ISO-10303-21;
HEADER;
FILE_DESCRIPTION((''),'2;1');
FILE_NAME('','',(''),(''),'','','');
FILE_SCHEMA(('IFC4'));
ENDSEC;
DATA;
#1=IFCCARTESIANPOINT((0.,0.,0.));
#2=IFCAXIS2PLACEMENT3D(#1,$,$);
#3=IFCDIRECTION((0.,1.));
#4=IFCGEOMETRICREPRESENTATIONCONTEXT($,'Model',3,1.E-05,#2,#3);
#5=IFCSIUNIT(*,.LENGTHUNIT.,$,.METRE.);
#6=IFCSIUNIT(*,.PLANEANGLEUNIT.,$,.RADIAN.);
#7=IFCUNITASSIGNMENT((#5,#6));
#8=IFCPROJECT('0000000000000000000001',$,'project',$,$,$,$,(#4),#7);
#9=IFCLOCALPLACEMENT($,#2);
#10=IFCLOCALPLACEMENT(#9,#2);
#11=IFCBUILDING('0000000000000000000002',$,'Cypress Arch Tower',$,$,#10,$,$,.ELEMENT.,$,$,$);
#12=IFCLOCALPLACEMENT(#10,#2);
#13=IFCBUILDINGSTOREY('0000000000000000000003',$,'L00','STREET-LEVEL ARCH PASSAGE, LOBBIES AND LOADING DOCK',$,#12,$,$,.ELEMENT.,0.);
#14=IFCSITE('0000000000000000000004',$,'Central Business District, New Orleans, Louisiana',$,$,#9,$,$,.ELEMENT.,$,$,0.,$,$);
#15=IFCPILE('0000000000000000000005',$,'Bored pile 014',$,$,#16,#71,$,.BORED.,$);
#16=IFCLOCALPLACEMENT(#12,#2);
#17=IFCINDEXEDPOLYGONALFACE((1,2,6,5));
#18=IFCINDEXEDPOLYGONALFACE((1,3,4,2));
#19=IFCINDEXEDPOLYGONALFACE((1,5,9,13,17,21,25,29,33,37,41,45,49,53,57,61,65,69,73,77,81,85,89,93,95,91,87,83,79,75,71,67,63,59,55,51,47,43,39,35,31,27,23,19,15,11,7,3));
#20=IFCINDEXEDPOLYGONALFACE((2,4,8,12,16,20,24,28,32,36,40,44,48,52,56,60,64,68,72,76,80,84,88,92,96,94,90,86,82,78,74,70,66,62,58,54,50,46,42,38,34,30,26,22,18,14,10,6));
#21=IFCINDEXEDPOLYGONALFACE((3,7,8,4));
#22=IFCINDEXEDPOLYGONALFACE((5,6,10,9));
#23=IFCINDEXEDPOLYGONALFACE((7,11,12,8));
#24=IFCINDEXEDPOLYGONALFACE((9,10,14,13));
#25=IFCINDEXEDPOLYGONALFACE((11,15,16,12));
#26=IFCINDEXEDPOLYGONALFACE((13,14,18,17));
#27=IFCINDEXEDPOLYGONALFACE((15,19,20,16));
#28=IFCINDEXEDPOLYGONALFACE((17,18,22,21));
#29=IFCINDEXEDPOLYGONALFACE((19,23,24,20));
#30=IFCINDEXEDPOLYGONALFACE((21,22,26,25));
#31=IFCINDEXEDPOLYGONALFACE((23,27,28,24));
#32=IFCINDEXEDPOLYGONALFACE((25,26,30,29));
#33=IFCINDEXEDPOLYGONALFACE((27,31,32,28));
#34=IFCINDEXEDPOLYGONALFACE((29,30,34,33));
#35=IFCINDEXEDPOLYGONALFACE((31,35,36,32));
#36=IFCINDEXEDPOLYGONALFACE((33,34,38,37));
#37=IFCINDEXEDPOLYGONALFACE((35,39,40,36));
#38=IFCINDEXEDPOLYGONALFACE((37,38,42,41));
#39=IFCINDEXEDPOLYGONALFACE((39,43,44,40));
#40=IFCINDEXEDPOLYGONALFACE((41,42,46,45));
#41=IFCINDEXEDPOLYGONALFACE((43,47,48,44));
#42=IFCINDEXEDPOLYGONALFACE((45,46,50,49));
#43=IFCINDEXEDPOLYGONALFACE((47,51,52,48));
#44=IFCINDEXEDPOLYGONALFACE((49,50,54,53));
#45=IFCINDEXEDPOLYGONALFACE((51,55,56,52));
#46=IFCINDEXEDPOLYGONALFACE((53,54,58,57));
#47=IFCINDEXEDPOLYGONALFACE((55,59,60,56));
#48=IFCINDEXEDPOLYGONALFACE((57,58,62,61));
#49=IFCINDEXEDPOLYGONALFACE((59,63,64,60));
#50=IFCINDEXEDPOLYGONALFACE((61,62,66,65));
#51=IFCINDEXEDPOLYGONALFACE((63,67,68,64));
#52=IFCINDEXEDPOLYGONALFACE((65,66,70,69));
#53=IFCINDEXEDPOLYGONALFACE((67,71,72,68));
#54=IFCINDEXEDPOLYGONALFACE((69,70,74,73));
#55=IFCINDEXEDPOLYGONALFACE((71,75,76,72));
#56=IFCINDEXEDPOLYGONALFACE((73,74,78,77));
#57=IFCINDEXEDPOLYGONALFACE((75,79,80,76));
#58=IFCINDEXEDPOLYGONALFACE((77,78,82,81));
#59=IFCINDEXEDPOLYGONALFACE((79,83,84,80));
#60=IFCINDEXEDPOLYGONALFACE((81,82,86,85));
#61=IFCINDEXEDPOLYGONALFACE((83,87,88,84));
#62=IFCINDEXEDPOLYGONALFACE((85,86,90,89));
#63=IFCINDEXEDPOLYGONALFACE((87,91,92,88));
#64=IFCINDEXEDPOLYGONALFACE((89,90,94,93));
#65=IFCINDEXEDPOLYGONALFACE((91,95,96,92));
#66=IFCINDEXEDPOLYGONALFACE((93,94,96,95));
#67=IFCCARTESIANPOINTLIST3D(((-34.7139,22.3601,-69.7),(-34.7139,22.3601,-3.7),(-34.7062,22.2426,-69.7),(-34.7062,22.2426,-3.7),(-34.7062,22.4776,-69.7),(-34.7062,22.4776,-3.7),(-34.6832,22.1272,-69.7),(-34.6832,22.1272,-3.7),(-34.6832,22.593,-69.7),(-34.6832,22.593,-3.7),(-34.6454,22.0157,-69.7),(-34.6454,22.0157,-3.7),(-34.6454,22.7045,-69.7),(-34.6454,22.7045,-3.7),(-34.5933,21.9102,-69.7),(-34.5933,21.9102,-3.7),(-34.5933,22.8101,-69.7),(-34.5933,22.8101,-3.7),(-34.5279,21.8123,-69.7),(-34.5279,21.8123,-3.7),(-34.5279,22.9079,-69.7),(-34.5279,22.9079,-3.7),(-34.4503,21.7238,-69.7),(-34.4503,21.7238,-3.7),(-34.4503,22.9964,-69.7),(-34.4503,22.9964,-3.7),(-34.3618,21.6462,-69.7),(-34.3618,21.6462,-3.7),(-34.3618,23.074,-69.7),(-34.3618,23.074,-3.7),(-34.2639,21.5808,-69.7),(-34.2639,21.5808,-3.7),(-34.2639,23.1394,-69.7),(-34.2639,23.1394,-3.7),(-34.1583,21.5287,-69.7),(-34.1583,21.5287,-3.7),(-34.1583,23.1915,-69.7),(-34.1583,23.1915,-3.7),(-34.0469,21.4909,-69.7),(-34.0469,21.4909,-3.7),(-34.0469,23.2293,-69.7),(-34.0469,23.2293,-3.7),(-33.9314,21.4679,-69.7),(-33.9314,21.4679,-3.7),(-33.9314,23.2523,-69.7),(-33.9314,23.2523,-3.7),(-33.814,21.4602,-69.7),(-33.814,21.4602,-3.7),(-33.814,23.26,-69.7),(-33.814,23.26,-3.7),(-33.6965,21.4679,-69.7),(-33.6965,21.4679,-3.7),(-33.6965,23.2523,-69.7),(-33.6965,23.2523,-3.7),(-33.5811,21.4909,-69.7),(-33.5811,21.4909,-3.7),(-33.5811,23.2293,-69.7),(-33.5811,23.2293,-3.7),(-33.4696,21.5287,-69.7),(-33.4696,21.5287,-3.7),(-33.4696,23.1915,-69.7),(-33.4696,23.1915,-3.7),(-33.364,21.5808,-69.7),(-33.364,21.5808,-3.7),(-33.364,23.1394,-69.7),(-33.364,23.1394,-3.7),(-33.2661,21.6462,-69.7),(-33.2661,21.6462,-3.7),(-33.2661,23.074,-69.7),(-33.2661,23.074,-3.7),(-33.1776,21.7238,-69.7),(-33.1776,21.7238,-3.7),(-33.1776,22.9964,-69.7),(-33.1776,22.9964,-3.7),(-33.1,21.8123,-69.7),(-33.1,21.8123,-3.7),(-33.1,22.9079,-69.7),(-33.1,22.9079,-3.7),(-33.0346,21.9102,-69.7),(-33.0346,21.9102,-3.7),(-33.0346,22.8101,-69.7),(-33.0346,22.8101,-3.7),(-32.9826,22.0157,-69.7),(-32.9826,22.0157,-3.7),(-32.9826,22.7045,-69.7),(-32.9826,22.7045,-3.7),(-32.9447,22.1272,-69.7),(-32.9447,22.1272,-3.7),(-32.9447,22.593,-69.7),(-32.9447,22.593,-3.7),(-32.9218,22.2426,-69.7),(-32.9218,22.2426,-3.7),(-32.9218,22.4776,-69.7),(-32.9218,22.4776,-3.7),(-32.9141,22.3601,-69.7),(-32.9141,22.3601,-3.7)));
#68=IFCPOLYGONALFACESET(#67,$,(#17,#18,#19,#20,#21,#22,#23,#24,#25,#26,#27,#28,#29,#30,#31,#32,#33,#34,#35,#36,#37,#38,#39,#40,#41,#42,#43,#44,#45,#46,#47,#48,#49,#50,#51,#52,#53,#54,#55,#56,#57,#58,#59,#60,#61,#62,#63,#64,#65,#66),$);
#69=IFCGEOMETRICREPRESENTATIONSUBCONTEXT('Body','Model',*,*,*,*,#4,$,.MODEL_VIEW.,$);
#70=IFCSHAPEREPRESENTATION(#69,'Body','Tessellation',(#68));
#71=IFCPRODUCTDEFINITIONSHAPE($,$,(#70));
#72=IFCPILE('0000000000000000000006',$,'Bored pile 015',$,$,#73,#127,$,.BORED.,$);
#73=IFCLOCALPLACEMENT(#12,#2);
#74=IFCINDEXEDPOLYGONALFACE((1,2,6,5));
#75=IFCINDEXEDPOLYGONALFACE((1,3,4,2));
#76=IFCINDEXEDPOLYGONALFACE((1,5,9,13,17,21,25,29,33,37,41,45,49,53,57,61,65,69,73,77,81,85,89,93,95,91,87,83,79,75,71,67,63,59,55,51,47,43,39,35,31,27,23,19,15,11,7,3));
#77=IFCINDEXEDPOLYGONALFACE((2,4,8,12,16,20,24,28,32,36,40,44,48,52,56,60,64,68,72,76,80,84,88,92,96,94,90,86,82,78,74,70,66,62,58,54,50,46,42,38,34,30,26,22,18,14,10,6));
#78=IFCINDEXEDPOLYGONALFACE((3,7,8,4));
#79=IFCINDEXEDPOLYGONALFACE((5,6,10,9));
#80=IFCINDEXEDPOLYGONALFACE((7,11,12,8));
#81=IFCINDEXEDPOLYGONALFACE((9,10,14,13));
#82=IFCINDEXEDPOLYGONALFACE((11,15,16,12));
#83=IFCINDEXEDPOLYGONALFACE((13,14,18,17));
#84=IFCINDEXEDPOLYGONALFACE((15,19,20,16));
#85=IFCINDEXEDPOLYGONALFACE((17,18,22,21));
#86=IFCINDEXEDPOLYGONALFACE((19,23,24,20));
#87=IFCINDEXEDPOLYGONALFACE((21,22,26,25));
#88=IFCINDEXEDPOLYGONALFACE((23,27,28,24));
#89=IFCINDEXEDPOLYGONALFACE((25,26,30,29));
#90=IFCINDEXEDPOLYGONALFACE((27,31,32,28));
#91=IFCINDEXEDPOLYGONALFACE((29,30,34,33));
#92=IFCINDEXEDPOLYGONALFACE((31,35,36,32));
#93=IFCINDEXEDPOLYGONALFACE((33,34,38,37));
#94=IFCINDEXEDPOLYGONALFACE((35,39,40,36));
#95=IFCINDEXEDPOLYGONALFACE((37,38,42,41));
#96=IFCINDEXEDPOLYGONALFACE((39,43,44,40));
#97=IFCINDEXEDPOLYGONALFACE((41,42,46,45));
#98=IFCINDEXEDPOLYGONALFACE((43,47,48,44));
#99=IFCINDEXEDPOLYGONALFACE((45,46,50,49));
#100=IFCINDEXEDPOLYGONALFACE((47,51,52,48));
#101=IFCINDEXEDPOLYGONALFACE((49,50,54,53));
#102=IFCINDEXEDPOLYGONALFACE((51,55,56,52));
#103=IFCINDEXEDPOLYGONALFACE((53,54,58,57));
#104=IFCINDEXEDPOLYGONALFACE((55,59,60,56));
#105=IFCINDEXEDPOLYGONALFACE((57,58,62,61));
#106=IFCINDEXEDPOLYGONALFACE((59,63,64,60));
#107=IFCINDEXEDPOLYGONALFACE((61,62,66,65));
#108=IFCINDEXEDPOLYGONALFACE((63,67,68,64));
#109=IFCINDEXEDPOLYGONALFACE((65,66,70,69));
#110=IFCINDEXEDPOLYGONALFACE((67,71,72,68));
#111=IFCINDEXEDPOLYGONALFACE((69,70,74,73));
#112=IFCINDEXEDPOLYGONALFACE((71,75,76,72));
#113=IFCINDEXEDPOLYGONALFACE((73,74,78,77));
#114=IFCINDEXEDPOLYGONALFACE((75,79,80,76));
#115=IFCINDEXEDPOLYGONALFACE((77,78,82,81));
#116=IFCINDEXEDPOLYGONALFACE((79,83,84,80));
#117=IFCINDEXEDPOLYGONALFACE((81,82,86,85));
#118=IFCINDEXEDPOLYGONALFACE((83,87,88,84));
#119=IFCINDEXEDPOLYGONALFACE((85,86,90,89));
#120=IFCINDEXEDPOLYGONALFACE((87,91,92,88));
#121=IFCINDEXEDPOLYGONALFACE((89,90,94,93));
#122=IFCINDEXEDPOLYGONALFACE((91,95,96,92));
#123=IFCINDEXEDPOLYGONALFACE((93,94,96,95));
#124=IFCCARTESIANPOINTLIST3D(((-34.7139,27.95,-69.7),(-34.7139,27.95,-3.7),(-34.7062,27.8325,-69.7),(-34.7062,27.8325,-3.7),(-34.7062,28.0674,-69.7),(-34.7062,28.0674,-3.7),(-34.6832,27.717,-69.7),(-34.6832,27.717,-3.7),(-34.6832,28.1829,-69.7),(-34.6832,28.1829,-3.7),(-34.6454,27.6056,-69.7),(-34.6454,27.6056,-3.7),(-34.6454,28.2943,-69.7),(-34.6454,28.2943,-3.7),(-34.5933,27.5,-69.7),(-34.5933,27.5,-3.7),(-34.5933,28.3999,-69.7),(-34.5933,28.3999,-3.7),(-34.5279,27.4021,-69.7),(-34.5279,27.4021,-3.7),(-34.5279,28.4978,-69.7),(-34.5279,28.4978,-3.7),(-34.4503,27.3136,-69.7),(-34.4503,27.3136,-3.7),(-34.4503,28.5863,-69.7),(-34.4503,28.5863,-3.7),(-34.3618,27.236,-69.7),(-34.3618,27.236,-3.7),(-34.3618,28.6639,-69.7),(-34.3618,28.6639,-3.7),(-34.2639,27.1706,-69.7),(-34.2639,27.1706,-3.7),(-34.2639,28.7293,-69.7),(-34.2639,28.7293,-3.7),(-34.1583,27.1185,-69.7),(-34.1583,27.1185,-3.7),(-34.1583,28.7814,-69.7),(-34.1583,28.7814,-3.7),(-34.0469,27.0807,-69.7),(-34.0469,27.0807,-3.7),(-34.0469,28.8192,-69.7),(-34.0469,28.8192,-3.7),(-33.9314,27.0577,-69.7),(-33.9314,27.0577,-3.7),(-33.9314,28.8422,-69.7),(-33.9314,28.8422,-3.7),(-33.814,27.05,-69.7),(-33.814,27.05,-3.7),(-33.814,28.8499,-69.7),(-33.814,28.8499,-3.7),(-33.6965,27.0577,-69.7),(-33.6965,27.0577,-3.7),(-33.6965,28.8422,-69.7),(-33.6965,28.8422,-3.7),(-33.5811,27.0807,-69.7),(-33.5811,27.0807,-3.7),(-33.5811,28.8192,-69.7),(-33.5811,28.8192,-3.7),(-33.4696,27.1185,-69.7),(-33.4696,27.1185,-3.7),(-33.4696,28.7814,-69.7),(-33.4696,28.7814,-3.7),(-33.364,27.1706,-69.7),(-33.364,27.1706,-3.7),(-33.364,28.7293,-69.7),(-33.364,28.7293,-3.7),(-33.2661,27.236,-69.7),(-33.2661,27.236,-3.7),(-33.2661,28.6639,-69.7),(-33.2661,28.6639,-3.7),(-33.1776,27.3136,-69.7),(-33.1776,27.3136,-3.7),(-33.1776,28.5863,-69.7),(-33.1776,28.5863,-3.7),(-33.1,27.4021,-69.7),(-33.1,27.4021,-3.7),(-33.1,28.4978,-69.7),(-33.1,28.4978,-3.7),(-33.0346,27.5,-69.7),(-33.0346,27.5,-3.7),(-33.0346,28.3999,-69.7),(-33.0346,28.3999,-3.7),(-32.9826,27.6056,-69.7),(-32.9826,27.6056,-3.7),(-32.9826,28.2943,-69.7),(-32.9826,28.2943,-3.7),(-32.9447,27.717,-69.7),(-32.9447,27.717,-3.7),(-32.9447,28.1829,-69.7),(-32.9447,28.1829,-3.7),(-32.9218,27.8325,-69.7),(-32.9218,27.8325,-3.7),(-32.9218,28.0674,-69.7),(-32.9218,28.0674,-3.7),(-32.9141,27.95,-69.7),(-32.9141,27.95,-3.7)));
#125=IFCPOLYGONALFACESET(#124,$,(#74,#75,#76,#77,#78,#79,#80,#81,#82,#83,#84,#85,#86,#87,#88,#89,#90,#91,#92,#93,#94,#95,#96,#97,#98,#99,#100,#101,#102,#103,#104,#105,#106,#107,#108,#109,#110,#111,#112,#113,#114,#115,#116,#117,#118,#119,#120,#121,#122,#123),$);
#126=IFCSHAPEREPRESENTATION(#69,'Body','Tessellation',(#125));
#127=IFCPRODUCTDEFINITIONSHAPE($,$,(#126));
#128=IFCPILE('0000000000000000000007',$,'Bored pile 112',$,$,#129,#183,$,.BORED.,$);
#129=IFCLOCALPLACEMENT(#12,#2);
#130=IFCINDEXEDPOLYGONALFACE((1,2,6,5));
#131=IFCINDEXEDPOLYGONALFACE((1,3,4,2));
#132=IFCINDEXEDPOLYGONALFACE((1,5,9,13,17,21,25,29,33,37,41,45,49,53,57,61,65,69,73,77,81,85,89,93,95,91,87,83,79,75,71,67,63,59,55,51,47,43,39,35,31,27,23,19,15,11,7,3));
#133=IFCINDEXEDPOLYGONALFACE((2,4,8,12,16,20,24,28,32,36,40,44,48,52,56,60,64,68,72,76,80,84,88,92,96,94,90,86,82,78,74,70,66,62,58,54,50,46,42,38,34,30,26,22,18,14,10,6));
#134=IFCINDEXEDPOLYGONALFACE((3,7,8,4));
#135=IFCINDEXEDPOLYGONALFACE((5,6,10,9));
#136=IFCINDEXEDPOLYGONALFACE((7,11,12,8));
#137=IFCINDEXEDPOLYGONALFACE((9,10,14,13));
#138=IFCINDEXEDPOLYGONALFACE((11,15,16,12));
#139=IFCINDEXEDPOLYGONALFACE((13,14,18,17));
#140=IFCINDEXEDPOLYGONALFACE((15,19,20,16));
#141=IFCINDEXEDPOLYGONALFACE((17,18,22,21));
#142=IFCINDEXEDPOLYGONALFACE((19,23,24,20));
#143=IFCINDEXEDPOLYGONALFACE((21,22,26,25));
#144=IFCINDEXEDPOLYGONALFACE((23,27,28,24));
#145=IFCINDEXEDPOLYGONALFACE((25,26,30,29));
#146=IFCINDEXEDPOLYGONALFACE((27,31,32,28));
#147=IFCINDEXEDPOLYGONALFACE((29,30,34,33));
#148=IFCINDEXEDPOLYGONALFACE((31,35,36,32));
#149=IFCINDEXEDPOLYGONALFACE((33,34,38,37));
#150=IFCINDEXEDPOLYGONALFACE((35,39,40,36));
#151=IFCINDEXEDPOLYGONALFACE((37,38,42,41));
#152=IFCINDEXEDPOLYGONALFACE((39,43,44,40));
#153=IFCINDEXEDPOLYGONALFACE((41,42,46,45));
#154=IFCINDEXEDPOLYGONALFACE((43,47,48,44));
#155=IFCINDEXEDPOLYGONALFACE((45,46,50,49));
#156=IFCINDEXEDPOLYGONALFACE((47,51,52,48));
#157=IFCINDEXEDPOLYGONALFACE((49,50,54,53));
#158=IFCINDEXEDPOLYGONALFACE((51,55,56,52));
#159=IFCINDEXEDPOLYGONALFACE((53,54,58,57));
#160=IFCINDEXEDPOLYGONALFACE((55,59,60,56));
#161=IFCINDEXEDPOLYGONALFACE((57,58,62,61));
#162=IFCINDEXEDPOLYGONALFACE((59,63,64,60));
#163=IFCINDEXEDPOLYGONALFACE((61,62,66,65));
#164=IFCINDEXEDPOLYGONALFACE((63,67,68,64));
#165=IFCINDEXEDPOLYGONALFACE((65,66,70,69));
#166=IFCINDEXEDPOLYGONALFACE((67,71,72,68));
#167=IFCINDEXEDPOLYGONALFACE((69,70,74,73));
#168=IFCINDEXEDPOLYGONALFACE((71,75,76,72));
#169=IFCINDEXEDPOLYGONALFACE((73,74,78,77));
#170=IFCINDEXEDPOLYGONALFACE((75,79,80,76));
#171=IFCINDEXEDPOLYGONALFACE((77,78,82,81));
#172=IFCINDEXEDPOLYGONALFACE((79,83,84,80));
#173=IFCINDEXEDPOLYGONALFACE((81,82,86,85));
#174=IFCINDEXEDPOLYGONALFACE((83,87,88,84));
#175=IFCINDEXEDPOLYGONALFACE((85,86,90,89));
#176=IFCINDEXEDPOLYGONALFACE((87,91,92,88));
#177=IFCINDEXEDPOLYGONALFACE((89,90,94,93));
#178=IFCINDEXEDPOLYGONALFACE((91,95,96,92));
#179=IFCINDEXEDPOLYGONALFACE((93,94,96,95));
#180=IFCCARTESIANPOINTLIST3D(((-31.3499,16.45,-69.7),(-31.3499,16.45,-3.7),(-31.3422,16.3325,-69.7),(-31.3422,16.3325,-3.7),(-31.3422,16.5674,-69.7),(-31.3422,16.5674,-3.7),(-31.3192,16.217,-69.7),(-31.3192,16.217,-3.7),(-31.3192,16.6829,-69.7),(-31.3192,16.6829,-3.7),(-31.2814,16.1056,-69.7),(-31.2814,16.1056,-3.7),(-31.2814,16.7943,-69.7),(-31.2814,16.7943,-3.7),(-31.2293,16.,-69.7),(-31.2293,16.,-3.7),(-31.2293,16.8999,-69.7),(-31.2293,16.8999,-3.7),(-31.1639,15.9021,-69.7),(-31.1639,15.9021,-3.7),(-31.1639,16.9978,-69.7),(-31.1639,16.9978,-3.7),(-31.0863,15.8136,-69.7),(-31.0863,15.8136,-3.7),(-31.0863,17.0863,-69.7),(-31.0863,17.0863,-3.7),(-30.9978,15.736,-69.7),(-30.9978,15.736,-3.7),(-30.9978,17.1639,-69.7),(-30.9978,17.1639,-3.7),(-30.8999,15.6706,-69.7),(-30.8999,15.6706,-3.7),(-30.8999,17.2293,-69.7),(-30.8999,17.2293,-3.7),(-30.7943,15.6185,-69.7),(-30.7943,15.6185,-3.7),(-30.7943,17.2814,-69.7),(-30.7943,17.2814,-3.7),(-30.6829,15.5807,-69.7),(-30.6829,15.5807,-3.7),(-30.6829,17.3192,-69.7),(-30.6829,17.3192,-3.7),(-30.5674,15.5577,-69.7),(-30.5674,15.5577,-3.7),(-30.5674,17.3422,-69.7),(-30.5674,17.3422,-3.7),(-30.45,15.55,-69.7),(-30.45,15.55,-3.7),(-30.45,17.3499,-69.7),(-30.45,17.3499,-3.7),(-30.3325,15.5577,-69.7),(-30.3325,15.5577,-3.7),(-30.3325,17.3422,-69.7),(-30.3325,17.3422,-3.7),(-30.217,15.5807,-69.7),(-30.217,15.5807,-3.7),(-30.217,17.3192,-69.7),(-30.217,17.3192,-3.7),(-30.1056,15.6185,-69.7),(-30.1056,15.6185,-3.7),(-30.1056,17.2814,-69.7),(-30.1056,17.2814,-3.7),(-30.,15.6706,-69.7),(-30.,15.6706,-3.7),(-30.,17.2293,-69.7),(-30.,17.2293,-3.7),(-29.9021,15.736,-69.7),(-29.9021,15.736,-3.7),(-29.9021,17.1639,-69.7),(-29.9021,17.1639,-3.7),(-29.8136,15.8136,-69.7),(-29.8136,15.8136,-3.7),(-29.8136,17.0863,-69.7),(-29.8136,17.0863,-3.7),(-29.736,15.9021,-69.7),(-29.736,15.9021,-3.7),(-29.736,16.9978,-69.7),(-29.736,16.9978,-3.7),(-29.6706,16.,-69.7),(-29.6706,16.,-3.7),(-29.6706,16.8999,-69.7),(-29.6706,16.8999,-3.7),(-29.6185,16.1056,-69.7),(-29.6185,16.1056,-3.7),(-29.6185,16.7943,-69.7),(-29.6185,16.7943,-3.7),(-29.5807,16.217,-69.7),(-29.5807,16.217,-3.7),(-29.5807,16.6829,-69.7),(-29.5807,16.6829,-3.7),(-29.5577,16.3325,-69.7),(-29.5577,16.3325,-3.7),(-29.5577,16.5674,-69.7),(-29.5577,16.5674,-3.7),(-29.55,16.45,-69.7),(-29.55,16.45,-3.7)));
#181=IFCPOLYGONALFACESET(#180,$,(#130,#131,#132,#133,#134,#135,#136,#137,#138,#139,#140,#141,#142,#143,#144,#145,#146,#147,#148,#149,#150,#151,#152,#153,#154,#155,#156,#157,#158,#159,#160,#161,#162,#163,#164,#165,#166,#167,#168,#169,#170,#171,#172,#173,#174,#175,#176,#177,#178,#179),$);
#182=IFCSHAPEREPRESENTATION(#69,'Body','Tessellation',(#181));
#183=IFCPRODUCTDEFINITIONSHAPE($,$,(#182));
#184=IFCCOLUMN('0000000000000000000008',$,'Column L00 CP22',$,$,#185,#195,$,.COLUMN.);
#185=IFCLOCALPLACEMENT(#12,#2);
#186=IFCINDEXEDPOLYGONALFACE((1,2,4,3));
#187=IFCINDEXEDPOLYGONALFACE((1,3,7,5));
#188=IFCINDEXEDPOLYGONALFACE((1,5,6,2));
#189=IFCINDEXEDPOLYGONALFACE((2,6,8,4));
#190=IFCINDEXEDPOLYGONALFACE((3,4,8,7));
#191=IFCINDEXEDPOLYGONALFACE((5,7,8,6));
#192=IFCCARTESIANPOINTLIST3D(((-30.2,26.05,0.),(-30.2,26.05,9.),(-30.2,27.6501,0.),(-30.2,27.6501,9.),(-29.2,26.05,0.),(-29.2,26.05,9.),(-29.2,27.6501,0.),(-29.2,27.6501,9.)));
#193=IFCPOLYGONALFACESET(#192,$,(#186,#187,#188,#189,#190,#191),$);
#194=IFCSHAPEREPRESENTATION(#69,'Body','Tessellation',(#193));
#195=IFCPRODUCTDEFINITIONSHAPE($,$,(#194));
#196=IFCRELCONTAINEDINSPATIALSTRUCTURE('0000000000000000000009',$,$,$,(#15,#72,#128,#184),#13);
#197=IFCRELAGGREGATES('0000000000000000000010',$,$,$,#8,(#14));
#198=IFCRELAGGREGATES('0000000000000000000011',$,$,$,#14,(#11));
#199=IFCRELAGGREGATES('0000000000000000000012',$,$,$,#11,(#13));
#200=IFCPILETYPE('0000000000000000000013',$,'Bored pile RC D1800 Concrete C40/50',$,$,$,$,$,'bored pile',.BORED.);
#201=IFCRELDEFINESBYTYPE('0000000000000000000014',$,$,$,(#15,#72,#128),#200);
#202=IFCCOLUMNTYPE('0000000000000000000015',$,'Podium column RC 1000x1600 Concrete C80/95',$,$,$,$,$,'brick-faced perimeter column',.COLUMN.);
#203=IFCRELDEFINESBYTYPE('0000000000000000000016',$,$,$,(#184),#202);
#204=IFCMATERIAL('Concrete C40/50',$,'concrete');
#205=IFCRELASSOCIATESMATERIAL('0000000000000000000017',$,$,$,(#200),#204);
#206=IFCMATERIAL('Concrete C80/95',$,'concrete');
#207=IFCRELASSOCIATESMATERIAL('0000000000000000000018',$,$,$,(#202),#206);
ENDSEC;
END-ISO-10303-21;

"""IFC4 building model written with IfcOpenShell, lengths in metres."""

from ifc_helpers import new_model, si_unit, direction, frame, origin, origin_2d, place, context, subcontext, project, spatial, rectangle, circle, extrude, material, material_profile, profile_set, type_object, element, save


model = new_model("IFC4")

# Units and contexts
model_context = context("Model", 3, precision=1e-05, world=origin(), true_north=direction((0.0, 1.0)))
body_context = subcontext(model_context, "Body", "Model", "MODEL_VIEW")
ifc_project = project(units=[si_unit("LENGTHUNIT", "METRE"), si_unit("PLANEANGLEUNIT", "RADIAN")], contexts=[model_context])

# Site, building, storey
site_placement = place(None, origin())
site = spatial("IfcSite", under=ifc_project, at=site_placement, Name="Central Business District, New Orleans, Louisiana", CompositionType="ELEMENT", RefElevation=0.0)
building_placement = place(site_placement, origin())
building = spatial("IfcBuilding", under=site, at=building_placement, Name="Cypress Arch Tower", CompositionType="ELEMENT")
storey_placement = place(building_placement, origin())
storey = spatial("IfcBuildingStorey", under=building, at=storey_placement, Name="L00", Description="STREET-LEVEL ARCH PASSAGE, LOBBIES AND LOADING DOCK", CompositionType="ELEMENT", Elevation=0.0)

# Piles
ifc_material_1 = material(Name="Concrete C40/50", Category="concrete")
ifc_material_profile_1 = material_profile(ifc_material_1, circle(Radius=0.8999, at=origin_2d()), Name="RC D1800")
ifc_profile_set_1 = profile_set([ifc_material_profile_1], Name="Concrete C40/50")
pile_type = type_object("IfcPileType", Name="Bored pile RC D1800 Concrete C40/50", ElementType="bored pile", PredefinedType="BORED", material=ifc_profile_set_1)
for number, where, z_axis, x_axis, name in (
    (1, (-33.814, 22.3601, -3.7), (0.0, 0.0, -1.0), (1.0, 0.0, 0.0), "Bored pile 014"),
    (2, (-33.814, 27.95, -3.7), (0.0, 0.0, -1.0), (1.0, 0.0, 0.0), "Bored pile 015"),
    (3, (-30.45, 16.45, -3.7), (0.0, 0.0, -1.0), (1.0, 0.0, 0.0), "Bored pile 112"),
):
    element("IfcPile", number, at=place(storey_placement, frame(where, z_axis=z_axis, x_axis=x_axis)), inside=storey, type_object=pile_type, Name=name, PredefinedType="BORED", context=body_context, shape_type="SweptSolid", body=[
        extrude(circle(Radius=0.8999, at=origin_2d()), origin(), (0.0, 0.0, 1.0), 66.0),
    ])

# Column
ifc_material_2 = material(Name="Concrete C80/95", Category="concrete")
ifc_material_profile_2 = material_profile(ifc_material_2, rectangle(XDim=1.0, YDim=1.6001, at=origin_2d()), Name="RC 1000x1600")
ifc_profile_set_2 = profile_set([ifc_material_profile_2], Name="Concrete C80/95")
column_type = type_object("IfcColumnType", Name="Podium column RC 1000x1600 Concrete C80/95", ElementType="brick-faced perimeter column", PredefinedType="COLUMN", material=ifc_profile_set_2)
column_placement = place(storey_placement, frame((-29.7, 26.8501, 0.0), z_axis=(0.0, 0.0, 1.0), x_axis=(-1.0, 0.0, 0.0)))
element("IfcColumn", 4, at=column_placement, inside=storey, type_object=column_type, Name="Column L00 CP22", PredefinedType="COLUMN", context=body_context, shape_type="SweptSolid", body=[
    extrude(rectangle(XDim=1.0, YDim=1.6001, at=origin_2d()), origin(), (0.0, 0.0, 1.0), 9.0),
])

save(model, "model.ifc")
